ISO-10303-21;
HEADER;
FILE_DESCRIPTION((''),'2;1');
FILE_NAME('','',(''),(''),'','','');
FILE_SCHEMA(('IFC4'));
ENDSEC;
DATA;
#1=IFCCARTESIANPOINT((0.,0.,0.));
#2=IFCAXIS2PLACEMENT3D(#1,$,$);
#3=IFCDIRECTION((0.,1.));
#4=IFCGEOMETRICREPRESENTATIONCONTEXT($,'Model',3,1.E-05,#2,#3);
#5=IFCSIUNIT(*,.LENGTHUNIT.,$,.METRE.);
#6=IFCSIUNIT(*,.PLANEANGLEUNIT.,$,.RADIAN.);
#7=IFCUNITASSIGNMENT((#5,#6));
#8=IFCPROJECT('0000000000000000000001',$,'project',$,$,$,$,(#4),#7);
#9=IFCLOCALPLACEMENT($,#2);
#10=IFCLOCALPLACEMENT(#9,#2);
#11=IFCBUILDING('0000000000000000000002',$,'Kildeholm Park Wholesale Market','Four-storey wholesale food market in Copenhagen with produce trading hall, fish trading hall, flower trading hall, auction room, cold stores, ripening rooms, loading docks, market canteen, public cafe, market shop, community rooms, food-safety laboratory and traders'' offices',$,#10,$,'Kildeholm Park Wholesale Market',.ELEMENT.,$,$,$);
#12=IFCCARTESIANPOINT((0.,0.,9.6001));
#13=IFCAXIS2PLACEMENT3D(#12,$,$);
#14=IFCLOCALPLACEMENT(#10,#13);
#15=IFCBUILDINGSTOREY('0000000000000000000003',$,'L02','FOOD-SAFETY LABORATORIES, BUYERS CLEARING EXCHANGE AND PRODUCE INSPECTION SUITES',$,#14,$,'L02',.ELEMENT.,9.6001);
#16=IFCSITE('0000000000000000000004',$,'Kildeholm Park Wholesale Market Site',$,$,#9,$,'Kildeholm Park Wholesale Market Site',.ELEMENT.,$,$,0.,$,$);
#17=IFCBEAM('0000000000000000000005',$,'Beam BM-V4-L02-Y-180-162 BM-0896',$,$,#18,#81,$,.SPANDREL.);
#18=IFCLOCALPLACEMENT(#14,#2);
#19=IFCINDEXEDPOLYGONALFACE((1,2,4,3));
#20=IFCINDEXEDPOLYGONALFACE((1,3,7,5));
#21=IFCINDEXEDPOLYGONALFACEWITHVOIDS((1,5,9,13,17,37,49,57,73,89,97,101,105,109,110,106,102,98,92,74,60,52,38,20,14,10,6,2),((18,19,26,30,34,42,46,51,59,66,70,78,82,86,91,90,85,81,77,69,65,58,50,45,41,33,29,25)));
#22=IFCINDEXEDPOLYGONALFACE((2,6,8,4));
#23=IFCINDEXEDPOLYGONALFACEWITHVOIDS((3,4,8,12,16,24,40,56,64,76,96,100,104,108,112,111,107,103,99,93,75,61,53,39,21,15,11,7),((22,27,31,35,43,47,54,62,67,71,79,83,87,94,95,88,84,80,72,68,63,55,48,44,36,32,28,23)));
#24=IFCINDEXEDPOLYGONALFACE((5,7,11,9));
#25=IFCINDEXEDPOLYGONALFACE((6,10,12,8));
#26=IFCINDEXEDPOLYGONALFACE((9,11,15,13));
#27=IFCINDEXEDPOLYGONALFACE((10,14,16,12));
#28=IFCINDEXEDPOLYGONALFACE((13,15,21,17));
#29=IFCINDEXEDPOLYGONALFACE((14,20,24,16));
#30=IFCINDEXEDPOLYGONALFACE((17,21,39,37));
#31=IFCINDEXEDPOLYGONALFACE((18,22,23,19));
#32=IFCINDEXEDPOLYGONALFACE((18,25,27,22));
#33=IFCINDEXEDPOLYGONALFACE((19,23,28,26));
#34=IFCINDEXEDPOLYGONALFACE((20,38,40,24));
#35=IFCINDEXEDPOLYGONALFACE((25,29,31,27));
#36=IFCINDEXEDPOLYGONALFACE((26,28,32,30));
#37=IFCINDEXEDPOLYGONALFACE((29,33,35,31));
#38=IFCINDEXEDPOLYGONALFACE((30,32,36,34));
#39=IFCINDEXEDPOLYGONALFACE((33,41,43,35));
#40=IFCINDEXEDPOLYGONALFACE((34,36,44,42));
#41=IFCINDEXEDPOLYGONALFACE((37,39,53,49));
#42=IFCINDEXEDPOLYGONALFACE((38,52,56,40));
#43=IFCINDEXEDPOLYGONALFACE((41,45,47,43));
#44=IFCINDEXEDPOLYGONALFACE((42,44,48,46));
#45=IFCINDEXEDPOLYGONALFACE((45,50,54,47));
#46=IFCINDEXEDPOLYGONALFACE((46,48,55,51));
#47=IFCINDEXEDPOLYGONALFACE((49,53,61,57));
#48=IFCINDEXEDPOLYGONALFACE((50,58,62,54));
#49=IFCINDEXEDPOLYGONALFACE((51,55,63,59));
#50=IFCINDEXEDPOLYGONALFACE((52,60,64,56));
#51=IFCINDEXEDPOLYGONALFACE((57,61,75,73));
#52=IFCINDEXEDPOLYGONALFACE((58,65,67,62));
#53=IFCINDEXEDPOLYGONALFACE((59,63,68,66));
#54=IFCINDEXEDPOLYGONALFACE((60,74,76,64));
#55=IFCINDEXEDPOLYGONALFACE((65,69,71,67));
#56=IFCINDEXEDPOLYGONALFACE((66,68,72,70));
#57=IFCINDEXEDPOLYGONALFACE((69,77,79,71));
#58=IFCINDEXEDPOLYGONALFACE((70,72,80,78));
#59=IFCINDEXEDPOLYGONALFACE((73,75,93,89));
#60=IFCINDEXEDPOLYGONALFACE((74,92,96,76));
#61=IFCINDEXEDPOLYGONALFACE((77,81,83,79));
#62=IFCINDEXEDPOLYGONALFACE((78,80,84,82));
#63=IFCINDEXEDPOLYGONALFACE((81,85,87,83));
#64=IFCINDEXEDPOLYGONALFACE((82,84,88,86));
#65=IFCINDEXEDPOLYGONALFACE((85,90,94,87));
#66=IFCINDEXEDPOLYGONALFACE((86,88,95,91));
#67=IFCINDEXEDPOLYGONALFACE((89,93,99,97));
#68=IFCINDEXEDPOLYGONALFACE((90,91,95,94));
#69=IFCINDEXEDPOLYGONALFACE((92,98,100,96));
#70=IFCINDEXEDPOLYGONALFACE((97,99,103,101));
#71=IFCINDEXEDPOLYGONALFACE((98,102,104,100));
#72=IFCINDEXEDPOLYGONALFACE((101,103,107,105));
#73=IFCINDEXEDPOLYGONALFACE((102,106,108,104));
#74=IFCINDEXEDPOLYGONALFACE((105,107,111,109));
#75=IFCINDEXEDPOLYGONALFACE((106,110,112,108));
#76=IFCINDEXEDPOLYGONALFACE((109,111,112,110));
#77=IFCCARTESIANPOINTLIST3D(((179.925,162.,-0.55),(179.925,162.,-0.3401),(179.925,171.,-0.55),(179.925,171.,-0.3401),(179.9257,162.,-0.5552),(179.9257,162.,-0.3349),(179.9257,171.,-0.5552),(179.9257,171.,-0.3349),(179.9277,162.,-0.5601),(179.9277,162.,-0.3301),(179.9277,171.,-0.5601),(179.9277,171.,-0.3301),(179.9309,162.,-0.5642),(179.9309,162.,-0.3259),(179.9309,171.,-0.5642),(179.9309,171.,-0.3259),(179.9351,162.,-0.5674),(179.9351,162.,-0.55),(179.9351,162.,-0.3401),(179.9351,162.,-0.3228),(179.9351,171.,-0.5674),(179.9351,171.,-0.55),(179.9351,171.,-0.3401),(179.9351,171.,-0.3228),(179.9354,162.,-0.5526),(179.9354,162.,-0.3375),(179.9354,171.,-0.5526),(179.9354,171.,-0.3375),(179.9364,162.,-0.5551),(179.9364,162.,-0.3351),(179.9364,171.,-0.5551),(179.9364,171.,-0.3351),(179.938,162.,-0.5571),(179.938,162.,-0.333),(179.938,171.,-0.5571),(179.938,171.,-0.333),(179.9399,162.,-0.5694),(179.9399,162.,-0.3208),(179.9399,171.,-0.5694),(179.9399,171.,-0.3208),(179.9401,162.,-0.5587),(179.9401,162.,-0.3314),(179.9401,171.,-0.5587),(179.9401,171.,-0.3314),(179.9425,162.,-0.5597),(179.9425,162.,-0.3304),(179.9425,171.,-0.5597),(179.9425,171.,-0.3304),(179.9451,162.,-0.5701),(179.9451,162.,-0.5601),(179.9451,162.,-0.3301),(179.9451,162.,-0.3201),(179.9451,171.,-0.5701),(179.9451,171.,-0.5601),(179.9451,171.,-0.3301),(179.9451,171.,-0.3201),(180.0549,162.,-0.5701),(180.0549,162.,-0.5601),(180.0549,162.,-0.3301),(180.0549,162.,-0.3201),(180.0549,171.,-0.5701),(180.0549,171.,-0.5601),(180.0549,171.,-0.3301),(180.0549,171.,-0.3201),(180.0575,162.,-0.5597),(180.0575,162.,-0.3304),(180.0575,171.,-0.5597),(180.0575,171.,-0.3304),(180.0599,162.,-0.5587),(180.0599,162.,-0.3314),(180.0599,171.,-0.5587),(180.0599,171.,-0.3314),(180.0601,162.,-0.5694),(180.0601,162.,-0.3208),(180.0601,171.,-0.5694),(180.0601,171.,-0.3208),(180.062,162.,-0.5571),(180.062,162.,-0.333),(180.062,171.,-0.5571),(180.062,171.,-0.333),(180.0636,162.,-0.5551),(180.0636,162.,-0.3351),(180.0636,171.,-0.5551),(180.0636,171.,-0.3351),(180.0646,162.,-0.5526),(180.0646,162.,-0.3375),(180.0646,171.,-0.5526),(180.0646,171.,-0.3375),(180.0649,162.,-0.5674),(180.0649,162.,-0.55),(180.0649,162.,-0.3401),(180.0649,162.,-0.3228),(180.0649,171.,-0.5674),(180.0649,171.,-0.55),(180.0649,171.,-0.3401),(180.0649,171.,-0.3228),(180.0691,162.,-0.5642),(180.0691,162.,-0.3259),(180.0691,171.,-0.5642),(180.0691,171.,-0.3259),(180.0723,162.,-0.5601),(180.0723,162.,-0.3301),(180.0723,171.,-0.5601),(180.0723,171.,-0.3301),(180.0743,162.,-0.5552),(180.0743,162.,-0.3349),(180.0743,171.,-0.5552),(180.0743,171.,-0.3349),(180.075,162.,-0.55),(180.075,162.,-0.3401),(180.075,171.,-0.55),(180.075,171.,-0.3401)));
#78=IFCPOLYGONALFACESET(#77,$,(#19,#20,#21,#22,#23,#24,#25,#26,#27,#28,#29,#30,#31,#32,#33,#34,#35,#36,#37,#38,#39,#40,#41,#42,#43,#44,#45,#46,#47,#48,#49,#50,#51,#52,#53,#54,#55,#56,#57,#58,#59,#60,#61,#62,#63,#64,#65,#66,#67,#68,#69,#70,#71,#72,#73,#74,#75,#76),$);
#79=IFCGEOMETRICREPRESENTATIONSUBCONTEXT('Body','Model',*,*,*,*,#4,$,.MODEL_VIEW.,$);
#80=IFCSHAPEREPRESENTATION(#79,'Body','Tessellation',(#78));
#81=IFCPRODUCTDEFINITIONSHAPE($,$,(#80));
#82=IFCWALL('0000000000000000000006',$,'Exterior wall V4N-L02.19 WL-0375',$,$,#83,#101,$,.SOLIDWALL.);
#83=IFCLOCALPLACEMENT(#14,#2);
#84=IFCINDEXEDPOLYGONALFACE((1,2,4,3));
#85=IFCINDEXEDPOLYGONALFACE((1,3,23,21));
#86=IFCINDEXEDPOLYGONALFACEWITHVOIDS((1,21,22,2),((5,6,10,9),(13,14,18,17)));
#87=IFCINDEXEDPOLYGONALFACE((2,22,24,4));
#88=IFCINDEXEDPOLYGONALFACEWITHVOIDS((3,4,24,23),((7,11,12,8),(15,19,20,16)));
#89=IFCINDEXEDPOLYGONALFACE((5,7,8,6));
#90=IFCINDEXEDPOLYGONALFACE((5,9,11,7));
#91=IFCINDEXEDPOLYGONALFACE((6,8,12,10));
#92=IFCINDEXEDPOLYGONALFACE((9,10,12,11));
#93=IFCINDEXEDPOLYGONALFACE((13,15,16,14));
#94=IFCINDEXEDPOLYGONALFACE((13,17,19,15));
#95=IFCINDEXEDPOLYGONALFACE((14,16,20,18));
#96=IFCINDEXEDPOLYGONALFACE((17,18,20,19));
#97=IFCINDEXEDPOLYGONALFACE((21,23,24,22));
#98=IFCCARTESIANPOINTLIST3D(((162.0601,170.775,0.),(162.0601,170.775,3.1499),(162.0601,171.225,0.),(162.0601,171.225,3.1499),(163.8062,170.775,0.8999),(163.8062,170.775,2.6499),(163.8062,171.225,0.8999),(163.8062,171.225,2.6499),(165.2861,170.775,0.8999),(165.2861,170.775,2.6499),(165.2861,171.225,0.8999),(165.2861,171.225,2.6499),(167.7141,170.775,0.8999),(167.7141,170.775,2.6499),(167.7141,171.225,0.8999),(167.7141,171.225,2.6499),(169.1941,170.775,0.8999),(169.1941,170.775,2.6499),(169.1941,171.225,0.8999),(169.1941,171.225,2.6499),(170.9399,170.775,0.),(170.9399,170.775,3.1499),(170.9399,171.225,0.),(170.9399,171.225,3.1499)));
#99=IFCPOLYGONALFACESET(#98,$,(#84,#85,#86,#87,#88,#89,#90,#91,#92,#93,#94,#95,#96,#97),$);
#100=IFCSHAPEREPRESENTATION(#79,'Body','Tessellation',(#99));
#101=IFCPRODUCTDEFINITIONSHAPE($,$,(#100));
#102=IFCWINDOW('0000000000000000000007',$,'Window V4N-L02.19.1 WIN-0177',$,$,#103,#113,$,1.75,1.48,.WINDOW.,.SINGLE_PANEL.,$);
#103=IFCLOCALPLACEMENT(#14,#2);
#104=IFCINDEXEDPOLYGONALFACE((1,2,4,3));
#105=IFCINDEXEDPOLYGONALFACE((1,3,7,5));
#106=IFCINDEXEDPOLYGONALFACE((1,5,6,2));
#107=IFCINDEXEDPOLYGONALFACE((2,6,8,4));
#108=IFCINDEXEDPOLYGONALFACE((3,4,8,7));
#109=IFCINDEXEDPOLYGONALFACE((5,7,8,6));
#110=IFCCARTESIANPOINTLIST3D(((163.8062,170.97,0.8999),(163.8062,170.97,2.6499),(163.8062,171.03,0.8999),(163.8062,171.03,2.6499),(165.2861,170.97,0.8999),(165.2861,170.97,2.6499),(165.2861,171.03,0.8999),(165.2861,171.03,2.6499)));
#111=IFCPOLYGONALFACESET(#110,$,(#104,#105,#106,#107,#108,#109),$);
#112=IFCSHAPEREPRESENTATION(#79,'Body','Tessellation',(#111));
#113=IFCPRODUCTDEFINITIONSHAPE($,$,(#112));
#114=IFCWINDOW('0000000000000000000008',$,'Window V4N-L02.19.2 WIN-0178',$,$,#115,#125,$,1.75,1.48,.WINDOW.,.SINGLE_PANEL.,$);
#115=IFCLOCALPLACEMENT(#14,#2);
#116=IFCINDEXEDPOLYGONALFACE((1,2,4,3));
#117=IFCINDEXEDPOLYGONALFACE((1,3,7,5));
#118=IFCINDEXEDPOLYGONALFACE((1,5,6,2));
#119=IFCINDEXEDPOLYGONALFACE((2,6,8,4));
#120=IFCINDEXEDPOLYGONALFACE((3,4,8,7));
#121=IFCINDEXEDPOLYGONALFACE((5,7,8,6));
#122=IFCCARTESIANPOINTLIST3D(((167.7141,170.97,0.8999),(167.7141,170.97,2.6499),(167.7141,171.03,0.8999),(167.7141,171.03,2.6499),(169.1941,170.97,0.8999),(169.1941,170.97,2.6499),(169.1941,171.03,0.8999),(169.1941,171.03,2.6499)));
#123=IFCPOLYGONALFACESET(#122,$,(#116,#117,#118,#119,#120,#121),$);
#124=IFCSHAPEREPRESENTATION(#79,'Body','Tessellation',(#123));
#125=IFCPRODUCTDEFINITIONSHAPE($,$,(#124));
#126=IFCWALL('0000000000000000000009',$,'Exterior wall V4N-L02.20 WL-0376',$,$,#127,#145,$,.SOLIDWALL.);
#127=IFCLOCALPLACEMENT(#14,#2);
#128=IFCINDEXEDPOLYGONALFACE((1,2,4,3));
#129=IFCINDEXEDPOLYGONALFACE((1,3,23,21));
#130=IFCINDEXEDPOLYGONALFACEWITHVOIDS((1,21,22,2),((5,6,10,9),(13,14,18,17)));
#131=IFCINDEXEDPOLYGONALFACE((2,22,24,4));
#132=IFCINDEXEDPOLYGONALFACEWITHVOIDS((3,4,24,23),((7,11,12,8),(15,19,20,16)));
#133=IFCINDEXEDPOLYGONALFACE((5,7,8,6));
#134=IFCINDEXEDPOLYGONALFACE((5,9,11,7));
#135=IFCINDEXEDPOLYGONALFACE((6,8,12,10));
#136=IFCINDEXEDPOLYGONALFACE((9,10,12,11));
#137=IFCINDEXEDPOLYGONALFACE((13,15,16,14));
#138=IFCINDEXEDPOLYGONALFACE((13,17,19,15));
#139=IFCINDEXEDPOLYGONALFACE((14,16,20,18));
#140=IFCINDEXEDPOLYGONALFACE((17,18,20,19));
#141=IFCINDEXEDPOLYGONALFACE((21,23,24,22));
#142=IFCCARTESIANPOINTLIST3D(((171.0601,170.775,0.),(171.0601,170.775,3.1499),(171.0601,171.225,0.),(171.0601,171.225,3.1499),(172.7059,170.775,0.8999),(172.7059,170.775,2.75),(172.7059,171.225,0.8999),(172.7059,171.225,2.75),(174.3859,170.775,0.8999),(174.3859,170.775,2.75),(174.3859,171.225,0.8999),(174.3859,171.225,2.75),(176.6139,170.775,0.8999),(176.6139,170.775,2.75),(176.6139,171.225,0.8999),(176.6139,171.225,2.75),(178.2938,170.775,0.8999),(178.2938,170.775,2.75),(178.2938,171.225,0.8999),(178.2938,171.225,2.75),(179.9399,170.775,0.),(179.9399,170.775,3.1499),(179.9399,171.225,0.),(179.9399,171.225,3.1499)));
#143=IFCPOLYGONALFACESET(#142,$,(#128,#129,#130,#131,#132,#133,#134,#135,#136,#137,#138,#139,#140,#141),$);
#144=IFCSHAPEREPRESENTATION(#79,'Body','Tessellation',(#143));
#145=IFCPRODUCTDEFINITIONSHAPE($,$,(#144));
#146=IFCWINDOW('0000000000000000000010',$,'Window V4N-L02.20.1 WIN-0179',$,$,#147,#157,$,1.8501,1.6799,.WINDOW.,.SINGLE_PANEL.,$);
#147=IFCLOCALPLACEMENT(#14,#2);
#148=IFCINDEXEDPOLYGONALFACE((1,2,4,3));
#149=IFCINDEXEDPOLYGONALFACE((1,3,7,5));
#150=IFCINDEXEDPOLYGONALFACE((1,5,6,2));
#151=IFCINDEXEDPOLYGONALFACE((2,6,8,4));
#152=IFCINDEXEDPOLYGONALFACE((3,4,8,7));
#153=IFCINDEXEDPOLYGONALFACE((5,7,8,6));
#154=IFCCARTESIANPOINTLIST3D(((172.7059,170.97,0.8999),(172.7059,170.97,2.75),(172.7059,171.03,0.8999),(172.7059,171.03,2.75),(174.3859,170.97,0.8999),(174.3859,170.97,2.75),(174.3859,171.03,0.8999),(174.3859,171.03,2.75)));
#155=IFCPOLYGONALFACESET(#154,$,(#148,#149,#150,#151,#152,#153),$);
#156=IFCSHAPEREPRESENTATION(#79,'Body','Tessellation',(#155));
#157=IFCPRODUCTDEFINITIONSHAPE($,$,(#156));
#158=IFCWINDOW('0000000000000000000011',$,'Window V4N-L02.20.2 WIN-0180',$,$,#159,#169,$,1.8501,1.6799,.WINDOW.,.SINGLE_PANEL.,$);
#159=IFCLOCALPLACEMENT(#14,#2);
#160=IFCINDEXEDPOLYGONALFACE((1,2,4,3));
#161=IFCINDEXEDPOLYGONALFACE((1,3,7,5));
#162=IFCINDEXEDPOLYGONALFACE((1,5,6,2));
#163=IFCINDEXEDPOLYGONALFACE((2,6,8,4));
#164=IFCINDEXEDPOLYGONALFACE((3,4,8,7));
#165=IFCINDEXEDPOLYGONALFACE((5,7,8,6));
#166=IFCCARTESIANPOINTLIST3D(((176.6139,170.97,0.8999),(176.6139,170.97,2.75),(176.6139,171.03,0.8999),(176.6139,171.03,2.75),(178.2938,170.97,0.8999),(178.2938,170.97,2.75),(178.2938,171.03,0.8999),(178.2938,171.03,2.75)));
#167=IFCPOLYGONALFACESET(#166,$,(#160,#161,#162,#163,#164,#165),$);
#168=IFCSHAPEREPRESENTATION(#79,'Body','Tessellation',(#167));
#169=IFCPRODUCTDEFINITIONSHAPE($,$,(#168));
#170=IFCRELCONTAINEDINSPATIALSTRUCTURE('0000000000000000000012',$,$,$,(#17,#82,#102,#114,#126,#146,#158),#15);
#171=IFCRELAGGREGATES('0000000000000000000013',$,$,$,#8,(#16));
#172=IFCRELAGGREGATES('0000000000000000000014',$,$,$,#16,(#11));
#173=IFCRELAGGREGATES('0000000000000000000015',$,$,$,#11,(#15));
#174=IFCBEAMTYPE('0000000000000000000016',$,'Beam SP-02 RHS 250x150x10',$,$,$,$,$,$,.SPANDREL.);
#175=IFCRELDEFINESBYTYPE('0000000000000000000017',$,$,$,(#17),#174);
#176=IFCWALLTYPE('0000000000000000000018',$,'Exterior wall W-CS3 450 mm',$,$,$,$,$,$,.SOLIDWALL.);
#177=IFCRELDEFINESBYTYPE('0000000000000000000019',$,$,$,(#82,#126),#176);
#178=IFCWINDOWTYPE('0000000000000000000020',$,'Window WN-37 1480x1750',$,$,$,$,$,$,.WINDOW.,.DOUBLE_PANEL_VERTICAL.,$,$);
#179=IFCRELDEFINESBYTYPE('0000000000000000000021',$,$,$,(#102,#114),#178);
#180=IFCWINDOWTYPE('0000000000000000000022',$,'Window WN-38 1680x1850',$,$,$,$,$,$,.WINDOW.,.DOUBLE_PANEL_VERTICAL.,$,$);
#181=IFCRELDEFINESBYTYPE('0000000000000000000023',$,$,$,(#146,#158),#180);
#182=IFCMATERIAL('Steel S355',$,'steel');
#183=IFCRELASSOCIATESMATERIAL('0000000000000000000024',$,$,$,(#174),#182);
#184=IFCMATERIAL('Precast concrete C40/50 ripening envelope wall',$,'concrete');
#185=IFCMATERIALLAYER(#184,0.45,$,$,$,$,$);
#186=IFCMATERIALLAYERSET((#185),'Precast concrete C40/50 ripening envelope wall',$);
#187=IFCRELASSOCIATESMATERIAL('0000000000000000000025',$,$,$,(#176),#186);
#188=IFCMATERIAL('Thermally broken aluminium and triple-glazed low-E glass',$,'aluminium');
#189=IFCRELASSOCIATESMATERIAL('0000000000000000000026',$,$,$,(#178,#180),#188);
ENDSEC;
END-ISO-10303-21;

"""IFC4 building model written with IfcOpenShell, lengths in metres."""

from ifc_helpers import new_model, si_unit, direction, frame, frame_2d, origin, origin_2d, place, context, subcontext, project, spatial, rectangle, hollow_rectangle, extrude, material, layer, layer_set, material_profile, profile_set, type_object, element, fill, save


model = new_model("IFC4")

# Units and contexts
model_context = context("Model", 3, precision=1e-05, world=origin(), true_north=direction((0.0, 1.0)))
body_context = subcontext(model_context, "Body", "Model", "MODEL_VIEW")
ifc_project = project(units=[si_unit("LENGTHUNIT", "METRE"), si_unit("PLANEANGLEUNIT", "RADIAN")], contexts=[model_context])

# Site, building, storey
site_placement = place(None, origin())
site = spatial("IfcSite", under=ifc_project, at=site_placement, Name="Kildeholm Park Wholesale Market Site", LongName="Kildeholm Park Wholesale Market Site", CompositionType="ELEMENT", RefElevation=0.0)
building_placement = place(site_placement, origin())
building = spatial("IfcBuilding", under=site, at=building_placement, Name="Kildeholm Park Wholesale Market", Description="Four-storey wholesale food market in Copenhagen with produce trading hall, fish trading hall, flower trading hall, auction room, cold stores, ripening rooms, loading docks, market canteen, public cafe, market shop, community rooms, food-safety laboratory and traders' offices", LongName="Kildeholm Park Wholesale Market", CompositionType="ELEMENT")
storey_placement = place(building_placement, frame((0.0, 0.0, 9.6001)))
storey = spatial("IfcBuildingStorey", under=building, at=storey_placement, Name="L02", Description="FOOD-SAFETY LABORATORIES, BUYERS CLEARING EXCHANGE AND PRODUCE INSPECTION SUITES", LongName="L02", CompositionType="ELEMENT", Elevation=9.6001)

# Beam
ifc_material_1 = material(Name="Steel S355", Category="steel")
ifc_material_profile_1 = material_profile(ifc_material_1, hollow_rectangle(XDim=0.1499, YDim=0.25, WallThickness=0.01, InnerFilletRadius=0.01, OuterFilletRadius=0.02, at=origin_2d()), Name="RHS 250x150x10")
ifc_profile_set_1 = profile_set([ifc_material_profile_1], Name="Steel S355")
beam_type_1 = type_object("IfcBeamType", Name="Beam SP-02 RHS 250x150x10", PredefinedType="SPANDREL", material=ifc_profile_set_1)
beam_1_placement = place(storey_placement, frame((180.0, 162.0, -0.4451), z_axis=(0.0, 1.0, 0.0), x_axis=(-1.0, 0.0, 0.0)))
element("IfcBeam", 1, at=beam_1_placement, inside=storey, type_object=beam_type_1, Name="Beam BM-V4-L02-Y-180-162 BM-0896", PredefinedType="SPANDREL", context=body_context, shape_type="SweptSolid", body=[
    extrude(hollow_rectangle(XDim=0.1499, YDim=0.25, WallThickness=0.01, InnerFilletRadius=0.01, OuterFilletRadius=0.02, at=origin_2d()), origin(), (0.0, 0.0, 1.0), 9.0),
])

# Walls, openings, windows
ifc_material_2 = material(Name="Precast concrete C40/50 ripening envelope wall", Category="concrete")
ifc_layer_1 = layer(ifc_material_2, 0.45)
ifc_layer_set_1 = layer_set([ifc_layer_1], Name="Precast concrete C40/50 ripening envelope wall")
wall_type_1 = type_object("IfcWallType", Name="Exterior wall W-CS3 450 mm", PredefinedType="SOLIDWALL", material=ifc_layer_set_1)
wall_1_placement = place(storey_placement, frame((162.0601, 171.0, 0.0), z_axis=(0.0, 0.0, 1.0), x_axis=(1.0, 0.0, 0.0)))
wall_1 = element("IfcWall", 2, at=wall_1_placement, inside=storey, type_object=wall_type_1, Name="Exterior wall V4N-L02.19 WL-0375", PredefinedType="SOLIDWALL", context=body_context, shape_type="SweptSolid", body=[
    extrude(rectangle(XDim=8.8799, YDim=0.45, at=frame_2d((4.4399, 0.0))), origin(), (0.0, 0.0, 1.0), 3.1499),
])
opening_1_placement = place(wall_1_placement, frame((1.7461, 0.0, 0.8999)))
opening_1 = element("IfcOpeningElement", 3, at=opening_1_placement, cuts=wall_1, PredefinedType="OPENING", context=body_context, shape_type="SweptSolid", body=[
    extrude(rectangle(XDim=1.48, YDim=1.75, at=frame_2d((0.74, 0.875))), frame((0.0, 0.2349, 0.0), z_axis=(0.0, -1.0, 0.0), x_axis=(1.0, 0.0, 0.0)), (0.0, 0.0, 1.0), 0.47),
])
opening_2_placement = place(wall_1_placement, frame((5.6541, 0.0, 0.8999)))
opening_2 = element("IfcOpeningElement", 4, at=opening_2_placement, cuts=wall_1, PredefinedType="OPENING", context=body_context, shape_type="SweptSolid", body=[
    extrude(rectangle(XDim=1.48, YDim=1.75, at=frame_2d((0.74, 0.875))), frame((0.0, 0.2349, 0.0), z_axis=(0.0, -1.0, 0.0), x_axis=(1.0, 0.0, 0.0)), (0.0, 0.0, 1.0), 0.47),
])
ifc_material_3 = material(Name="Thermally broken aluminium and triple-glazed low-E glass", Category="aluminium")
window_type_1 = type_object("IfcWindowType", Name="Window WN-37 1480x1750", PartitioningType="DOUBLE_PANEL_VERTICAL", PredefinedType="WINDOW", material=ifc_material_3)
window_1_placement = place(opening_1_placement, origin())
window_1 = element("IfcWindow", 5, at=window_1_placement, inside=storey, type_object=window_type_1, Name="Window V4N-L02.19.1 WIN-0177", OverallHeight=1.75, OverallWidth=1.48, PartitioningType="SINGLE_PANEL", PredefinedType="WINDOW", context=body_context, shape_type="SweptSolid", body=[
    extrude(rectangle(XDim=1.48, YDim=1.75, at=frame_2d((0.74, 0.875))), frame((0.0, 0.03, 0.0), z_axis=(0.0, -1.0, 0.0), x_axis=(1.0, 0.0, 0.0)), (0.0, 0.0, 1.0), 0.0601),
])
fill(opening_1, window_1)
window_2_placement = place(opening_2_placement, origin())
window_2 = element("IfcWindow", 6, at=window_2_placement, inside=storey, type_object=window_type_1, Name="Window V4N-L02.19.2 WIN-0178", OverallHeight=1.75, OverallWidth=1.48, PartitioningType="SINGLE_PANEL", PredefinedType="WINDOW", context=body_context, shape_type="SweptSolid", body=[
    extrude(rectangle(XDim=1.48, YDim=1.75, at=frame_2d((0.74, 0.875))), frame((0.0, 0.03, 0.0), z_axis=(0.0, -1.0, 0.0), x_axis=(1.0, 0.0, 0.0)), (0.0, 0.0, 1.0), 0.0601),
])
fill(opening_2, window_2)
wall_2_placement = place(storey_placement, frame((171.0601, 171.0, 0.0), z_axis=(0.0, 0.0, 1.0), x_axis=(1.0, 0.0, 0.0)))
wall_2 = element("IfcWall", 7, at=wall_2_placement, inside=storey, type_object=wall_type_1, Name="Exterior wall V4N-L02.20 WL-0376", PredefinedType="SOLIDWALL", context=body_context, shape_type="SweptSolid", body=[
    extrude(rectangle(XDim=8.8799, YDim=0.45, at=frame_2d((4.4399, 0.0))), origin(), (0.0, 0.0, 1.0), 3.1499),
])
opening_3_placement = place(wall_2_placement, frame((1.646, 0.0, 0.8999)))
opening_3 = element("IfcOpeningElement", 8, at=opening_3_placement, cuts=wall_2, PredefinedType="OPENING", context=body_context, shape_type="SweptSolid", body=[
    extrude(rectangle(XDim=1.6799, YDim=1.8501, at=frame_2d((0.8398, 0.925))), frame((0.0, 0.2349, 0.0), z_axis=(0.0, -1.0, 0.0), x_axis=(1.0, 0.0, 0.0)), (0.0, 0.0, 1.0), 0.47),
])
opening_4_placement = place(wall_2_placement, frame((5.554, 0.0, 0.8999)))
opening_4 = element("IfcOpeningElement", 9, at=opening_4_placement, cuts=wall_2, PredefinedType="OPENING", context=body_context, shape_type="SweptSolid", body=[
    extrude(rectangle(XDim=1.6799, YDim=1.8501, at=frame_2d((0.8398, 0.925))), frame((0.0, 0.2349, 0.0), z_axis=(0.0, -1.0, 0.0), x_axis=(1.0, 0.0, 0.0)), (0.0, 0.0, 1.0), 0.47),
])
window_type_2 = type_object("IfcWindowType", Name="Window WN-38 1680x1850", PartitioningType="DOUBLE_PANEL_VERTICAL", PredefinedType="WINDOW", material=ifc_material_3)
window_3_placement = place(opening_3_placement, origin())
window_3 = element("IfcWindow", 10, at=window_3_placement, inside=storey, type_object=window_type_2, Name="Window V4N-L02.20.1 WIN-0179", OverallHeight=1.8501, OverallWidth=1.6799, PartitioningType="SINGLE_PANEL", PredefinedType="WINDOW", context=body_context, shape_type="SweptSolid", body=[
    extrude(rectangle(XDim=1.6799, YDim=1.8501, at=frame_2d((0.8398, 0.925))), frame((0.0, 0.03, 0.0), z_axis=(0.0, -1.0, 0.0), x_axis=(1.0, 0.0, 0.0)), (0.0, 0.0, 1.0), 0.0601),
])
fill(opening_3, window_3)
window_4_placement = place(opening_4_placement, origin())
window_4 = element("IfcWindow", 11, at=window_4_placement, inside=storey, type_object=window_type_2, Name="Window V4N-L02.20.2 WIN-0180", OverallHeight=1.8501, OverallWidth=1.6799, PartitioningType="SINGLE_PANEL", PredefinedType="WINDOW", context=body_context, shape_type="SweptSolid", body=[
    extrude(rectangle(XDim=1.6799, YDim=1.8501, at=frame_2d((0.8398, 0.925))), frame((0.0, 0.03, 0.0), z_axis=(0.0, -1.0, 0.0), x_axis=(1.0, 0.0, 0.0)), (0.0, 0.0, 1.0), 0.0601),
])
fill(opening_4, window_4)

save(model, "model.ifc")
